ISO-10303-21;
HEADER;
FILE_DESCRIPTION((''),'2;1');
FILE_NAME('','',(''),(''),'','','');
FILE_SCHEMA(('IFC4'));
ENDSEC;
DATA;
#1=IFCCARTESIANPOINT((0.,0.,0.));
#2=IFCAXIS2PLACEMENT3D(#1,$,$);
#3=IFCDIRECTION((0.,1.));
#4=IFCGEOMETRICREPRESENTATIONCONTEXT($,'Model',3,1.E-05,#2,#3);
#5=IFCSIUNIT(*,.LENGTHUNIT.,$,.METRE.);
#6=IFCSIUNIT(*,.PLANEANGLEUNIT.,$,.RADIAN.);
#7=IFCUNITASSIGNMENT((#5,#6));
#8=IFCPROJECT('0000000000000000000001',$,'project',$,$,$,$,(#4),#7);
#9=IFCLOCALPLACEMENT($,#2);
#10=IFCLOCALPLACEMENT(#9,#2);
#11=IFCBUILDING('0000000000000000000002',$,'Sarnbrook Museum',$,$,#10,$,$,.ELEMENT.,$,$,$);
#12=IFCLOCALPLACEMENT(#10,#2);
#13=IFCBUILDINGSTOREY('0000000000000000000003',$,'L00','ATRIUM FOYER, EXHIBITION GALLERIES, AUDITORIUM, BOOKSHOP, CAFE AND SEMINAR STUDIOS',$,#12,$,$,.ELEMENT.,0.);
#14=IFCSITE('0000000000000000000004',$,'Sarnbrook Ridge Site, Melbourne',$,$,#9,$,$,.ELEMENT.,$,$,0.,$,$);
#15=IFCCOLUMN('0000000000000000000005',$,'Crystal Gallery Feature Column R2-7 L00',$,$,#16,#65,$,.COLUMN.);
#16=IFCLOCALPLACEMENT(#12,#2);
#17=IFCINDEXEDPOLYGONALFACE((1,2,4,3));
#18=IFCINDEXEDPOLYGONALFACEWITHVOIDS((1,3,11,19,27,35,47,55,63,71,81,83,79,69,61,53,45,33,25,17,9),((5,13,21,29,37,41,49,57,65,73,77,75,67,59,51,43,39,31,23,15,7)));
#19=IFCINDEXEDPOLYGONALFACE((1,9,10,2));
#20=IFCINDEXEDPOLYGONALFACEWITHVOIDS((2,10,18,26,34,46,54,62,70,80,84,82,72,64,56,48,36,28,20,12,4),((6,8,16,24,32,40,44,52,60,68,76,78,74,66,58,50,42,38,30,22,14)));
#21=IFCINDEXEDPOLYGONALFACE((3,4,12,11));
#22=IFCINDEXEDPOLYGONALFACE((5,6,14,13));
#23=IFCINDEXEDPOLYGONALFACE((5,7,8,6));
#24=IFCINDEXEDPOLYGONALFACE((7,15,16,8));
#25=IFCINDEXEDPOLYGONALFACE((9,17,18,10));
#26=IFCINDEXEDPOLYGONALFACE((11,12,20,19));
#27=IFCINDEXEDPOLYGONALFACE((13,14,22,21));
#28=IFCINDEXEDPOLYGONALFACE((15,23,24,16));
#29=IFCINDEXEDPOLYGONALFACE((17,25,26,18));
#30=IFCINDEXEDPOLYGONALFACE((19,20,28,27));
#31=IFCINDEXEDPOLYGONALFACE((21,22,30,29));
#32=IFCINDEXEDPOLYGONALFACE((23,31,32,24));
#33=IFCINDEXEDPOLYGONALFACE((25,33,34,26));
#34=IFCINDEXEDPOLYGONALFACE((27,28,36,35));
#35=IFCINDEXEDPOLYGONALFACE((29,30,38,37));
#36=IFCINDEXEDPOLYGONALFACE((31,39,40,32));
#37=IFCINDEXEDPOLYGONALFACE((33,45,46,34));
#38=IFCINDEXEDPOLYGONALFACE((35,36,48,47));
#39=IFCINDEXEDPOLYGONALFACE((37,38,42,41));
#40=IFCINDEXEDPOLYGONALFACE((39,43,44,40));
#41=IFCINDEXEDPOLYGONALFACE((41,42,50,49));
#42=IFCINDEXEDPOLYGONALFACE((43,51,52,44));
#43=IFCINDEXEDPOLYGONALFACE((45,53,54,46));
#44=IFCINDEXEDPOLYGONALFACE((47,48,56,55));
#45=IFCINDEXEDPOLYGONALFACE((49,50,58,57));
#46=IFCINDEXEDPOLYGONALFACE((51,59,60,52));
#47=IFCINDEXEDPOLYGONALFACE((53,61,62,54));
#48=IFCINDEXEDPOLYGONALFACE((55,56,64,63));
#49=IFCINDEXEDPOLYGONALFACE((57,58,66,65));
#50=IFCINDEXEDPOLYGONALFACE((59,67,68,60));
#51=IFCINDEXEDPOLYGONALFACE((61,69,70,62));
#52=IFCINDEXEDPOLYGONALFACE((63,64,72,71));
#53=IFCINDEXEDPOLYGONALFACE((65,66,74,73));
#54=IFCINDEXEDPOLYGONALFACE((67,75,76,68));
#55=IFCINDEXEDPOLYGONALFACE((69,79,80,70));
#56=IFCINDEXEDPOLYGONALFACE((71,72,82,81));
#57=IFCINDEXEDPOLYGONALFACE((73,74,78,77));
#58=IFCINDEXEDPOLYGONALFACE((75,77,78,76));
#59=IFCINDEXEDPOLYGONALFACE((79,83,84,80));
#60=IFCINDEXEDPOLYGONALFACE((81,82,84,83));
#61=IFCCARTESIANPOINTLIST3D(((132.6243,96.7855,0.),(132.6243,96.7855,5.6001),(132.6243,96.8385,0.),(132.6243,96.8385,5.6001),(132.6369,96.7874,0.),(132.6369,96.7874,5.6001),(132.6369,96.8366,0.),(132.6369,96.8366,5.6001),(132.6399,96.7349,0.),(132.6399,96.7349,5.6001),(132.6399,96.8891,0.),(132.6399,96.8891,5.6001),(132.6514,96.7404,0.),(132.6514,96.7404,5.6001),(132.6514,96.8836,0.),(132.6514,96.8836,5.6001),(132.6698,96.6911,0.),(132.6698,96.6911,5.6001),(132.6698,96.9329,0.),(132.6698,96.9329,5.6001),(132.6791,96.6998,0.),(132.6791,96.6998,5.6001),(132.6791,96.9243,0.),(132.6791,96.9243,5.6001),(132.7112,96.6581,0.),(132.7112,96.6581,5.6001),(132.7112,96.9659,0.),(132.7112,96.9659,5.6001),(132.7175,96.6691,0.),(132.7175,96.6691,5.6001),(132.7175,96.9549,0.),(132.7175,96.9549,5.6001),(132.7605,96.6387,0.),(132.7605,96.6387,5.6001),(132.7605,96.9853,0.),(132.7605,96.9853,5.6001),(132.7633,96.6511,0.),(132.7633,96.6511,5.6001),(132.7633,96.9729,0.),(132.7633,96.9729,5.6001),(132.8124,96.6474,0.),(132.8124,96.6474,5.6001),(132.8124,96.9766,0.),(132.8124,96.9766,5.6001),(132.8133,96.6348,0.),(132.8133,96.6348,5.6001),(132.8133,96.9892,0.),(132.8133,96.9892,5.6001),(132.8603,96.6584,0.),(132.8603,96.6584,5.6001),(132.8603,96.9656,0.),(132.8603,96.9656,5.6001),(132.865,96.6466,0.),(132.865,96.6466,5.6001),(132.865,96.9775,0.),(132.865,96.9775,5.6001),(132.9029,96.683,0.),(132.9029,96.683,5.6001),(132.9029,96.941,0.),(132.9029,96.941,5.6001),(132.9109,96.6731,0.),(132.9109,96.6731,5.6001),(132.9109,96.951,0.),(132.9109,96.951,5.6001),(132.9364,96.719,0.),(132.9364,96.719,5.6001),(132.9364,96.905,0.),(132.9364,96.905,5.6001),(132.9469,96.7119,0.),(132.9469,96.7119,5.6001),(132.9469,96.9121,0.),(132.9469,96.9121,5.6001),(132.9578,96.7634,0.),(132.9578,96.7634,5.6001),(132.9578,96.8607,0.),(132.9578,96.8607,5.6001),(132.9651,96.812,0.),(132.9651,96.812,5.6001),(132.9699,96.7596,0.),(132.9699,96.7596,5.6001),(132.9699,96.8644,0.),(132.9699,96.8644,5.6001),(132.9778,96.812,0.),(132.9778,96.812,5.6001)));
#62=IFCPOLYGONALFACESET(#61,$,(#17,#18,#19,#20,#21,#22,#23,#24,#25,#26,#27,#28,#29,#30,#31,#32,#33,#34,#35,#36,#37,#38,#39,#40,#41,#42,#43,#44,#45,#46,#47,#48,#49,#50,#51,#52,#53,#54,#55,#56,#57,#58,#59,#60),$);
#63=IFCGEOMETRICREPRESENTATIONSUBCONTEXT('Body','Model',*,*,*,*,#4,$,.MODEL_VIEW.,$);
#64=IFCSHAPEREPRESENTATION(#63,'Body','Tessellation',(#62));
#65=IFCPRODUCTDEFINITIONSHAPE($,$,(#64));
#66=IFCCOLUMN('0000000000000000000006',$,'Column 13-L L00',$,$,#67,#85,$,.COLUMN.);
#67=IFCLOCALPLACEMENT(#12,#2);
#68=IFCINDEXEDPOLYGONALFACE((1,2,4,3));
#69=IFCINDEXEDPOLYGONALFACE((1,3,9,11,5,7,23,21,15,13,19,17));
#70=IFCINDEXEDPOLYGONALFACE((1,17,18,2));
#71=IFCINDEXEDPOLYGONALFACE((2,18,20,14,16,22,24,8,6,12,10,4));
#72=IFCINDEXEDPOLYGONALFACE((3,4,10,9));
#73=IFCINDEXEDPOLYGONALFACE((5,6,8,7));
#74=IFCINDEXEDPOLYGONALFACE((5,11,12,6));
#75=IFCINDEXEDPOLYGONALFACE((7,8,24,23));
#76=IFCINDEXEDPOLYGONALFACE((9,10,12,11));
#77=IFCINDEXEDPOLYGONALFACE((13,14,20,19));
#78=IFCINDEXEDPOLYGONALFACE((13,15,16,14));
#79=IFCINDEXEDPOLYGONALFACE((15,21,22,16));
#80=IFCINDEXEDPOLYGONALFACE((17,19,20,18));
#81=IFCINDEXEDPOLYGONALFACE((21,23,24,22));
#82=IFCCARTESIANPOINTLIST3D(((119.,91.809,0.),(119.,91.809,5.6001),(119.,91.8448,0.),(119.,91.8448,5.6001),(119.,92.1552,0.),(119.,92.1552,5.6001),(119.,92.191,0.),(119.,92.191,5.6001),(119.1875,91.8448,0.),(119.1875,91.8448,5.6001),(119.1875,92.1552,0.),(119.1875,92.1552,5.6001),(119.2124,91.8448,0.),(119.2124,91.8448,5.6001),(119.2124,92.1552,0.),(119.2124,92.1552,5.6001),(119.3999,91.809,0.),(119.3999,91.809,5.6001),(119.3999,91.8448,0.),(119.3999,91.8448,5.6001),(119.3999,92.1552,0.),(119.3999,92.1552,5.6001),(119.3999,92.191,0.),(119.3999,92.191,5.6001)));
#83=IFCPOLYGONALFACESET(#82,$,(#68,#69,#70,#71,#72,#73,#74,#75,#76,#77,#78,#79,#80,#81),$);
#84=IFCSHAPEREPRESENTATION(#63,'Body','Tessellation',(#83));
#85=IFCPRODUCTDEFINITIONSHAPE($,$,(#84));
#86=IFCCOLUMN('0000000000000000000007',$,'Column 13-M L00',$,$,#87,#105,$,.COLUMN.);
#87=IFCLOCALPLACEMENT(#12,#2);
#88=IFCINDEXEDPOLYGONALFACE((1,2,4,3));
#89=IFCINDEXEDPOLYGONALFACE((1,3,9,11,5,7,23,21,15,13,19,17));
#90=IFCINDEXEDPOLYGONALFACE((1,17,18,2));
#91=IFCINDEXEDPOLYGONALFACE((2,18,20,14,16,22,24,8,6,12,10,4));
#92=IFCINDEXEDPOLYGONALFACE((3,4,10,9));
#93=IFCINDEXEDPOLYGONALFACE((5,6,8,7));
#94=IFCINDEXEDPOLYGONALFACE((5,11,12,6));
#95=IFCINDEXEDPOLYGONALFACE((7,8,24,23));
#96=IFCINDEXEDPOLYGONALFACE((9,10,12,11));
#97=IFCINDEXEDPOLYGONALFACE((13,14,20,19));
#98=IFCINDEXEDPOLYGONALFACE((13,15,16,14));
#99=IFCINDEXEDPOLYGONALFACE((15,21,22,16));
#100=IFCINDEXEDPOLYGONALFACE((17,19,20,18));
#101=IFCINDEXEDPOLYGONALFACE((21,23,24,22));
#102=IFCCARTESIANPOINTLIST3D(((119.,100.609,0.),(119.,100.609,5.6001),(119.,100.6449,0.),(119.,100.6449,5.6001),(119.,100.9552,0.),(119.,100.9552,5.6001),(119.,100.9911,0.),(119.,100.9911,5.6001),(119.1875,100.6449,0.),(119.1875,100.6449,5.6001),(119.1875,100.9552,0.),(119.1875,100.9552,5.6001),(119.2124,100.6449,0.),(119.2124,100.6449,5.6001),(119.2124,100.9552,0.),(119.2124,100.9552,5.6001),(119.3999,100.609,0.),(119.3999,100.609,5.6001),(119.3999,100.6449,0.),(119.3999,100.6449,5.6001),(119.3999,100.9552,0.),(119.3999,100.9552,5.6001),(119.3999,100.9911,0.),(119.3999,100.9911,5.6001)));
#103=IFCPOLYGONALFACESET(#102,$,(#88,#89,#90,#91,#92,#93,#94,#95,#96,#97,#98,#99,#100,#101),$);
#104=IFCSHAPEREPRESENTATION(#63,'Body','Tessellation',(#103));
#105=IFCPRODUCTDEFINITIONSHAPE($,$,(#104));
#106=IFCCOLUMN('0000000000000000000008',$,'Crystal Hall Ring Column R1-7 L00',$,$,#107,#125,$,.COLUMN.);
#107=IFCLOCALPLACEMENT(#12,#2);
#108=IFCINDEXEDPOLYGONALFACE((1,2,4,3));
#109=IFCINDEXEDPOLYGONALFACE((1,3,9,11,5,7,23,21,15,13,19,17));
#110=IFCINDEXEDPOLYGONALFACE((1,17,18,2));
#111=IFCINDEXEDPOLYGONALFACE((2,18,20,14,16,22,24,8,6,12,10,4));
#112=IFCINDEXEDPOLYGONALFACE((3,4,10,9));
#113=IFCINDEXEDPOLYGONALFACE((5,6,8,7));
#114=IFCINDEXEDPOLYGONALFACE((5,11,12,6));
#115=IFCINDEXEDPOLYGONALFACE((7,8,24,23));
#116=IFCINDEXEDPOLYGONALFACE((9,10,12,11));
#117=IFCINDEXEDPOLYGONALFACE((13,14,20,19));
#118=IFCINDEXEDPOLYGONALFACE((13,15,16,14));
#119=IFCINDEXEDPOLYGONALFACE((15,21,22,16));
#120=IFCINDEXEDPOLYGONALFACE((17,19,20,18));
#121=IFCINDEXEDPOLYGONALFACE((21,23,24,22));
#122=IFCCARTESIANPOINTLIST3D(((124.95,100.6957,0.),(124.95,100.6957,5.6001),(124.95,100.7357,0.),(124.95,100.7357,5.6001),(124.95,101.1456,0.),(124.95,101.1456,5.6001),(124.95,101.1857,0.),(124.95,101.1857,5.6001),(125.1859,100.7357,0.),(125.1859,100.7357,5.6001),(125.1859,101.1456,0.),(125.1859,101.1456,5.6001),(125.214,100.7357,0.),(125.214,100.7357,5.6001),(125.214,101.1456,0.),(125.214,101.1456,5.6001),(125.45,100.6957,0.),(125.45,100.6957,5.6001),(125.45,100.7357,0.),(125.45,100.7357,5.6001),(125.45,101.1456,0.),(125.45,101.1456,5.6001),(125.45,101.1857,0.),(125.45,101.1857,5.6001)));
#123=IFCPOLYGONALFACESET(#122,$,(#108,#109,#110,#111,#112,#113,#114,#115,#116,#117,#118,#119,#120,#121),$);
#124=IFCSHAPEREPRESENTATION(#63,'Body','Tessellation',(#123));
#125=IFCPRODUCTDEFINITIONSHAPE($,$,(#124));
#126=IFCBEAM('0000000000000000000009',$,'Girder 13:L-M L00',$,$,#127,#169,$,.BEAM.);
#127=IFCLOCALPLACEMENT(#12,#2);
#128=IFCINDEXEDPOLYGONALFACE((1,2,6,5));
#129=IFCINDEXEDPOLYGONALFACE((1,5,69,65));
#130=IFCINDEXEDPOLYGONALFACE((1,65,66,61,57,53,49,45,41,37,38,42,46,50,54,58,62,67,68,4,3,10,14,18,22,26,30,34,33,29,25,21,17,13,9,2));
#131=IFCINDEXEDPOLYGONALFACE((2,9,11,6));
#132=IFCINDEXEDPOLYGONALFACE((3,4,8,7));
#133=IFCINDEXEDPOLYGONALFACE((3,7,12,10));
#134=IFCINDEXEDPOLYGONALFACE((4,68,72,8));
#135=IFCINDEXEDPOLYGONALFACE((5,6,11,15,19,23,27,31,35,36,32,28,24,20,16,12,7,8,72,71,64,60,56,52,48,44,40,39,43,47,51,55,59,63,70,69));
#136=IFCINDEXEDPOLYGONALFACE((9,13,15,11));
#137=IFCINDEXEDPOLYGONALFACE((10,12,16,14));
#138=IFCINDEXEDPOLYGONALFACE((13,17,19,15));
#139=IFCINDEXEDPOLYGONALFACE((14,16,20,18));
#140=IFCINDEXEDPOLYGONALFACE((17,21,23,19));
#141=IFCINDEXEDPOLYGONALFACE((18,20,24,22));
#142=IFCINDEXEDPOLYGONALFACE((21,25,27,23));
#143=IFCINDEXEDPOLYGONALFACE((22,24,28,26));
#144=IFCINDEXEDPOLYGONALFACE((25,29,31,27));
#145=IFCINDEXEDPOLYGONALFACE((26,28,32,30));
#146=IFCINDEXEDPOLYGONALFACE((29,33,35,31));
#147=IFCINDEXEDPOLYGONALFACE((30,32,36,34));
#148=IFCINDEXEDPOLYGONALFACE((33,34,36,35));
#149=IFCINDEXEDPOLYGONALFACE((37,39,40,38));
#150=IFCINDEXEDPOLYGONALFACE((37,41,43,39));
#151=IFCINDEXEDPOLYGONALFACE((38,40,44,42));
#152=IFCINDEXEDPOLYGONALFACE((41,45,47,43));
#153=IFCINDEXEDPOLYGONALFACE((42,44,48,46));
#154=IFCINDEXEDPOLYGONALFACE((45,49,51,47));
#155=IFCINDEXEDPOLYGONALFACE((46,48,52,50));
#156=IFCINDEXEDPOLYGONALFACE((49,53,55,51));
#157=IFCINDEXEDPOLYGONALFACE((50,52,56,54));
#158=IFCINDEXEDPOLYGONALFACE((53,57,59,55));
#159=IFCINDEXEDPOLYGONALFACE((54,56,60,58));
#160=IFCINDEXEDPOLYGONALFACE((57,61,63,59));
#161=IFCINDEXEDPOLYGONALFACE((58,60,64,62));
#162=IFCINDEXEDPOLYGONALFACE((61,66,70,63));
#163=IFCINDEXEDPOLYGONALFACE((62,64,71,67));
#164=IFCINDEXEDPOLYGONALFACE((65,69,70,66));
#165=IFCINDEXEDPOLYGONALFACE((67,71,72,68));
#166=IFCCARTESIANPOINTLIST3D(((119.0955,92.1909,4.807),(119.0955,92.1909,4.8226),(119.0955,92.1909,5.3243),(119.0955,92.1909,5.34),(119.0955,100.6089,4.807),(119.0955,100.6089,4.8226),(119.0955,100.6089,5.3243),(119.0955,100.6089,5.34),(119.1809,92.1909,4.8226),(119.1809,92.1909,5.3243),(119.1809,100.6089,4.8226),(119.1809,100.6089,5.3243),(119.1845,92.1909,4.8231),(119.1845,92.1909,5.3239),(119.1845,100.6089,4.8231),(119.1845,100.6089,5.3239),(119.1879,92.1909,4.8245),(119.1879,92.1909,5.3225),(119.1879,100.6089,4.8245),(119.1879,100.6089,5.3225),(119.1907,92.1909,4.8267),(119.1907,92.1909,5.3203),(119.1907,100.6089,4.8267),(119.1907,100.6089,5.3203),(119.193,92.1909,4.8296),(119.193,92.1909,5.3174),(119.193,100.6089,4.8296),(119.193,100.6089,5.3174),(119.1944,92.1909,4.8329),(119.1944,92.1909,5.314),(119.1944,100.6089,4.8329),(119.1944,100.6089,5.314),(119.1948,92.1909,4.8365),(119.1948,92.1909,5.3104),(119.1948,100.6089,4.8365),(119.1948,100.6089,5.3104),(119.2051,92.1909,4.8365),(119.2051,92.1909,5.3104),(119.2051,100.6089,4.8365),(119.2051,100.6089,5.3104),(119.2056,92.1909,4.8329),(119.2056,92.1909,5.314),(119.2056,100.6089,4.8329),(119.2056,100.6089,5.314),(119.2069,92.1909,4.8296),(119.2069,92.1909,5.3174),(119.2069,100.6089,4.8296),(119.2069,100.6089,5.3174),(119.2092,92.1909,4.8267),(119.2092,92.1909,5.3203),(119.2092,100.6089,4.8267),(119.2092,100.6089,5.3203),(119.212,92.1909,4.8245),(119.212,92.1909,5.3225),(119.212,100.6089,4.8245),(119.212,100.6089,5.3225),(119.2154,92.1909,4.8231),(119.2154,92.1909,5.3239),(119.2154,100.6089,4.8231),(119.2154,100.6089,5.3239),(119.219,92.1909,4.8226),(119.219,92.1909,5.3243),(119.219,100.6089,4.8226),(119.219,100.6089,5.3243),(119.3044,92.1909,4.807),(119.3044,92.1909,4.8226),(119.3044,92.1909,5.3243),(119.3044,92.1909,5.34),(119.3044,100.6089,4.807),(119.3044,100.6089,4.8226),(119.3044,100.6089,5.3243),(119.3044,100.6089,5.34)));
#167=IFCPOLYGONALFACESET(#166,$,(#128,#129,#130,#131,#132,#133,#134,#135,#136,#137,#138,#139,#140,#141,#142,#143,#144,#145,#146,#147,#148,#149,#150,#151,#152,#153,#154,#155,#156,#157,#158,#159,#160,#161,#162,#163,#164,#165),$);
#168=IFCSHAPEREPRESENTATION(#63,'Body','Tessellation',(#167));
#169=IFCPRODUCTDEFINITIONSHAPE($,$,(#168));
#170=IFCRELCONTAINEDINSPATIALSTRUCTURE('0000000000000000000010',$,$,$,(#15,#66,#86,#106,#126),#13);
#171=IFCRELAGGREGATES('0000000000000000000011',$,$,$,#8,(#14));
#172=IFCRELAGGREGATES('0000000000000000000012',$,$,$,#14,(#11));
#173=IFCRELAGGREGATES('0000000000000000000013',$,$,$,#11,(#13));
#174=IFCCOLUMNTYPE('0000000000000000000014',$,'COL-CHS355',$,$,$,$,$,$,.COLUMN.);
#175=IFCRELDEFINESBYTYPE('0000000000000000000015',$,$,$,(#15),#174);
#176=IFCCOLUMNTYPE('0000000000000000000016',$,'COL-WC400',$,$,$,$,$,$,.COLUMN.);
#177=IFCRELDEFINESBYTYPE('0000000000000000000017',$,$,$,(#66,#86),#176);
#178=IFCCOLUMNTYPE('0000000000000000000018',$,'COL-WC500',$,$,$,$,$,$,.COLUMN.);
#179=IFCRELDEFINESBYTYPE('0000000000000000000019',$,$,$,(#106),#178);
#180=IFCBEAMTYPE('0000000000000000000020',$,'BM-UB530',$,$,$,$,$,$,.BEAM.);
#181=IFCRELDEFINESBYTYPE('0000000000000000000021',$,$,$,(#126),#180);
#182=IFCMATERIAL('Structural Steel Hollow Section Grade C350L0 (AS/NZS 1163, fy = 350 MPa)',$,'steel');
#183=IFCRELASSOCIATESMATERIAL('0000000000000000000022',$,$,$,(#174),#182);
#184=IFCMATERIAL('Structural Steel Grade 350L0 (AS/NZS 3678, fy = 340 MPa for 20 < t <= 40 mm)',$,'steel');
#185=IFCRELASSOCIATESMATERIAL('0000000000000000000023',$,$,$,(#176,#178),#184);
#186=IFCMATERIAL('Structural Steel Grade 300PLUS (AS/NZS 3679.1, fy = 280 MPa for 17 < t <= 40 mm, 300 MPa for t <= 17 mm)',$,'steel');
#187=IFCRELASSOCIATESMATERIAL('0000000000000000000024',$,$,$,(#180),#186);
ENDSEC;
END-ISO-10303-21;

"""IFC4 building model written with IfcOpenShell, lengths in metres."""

from ifc_helpers import new_model, si_unit, direction, frame, origin, origin_2d, place, context, subcontext, project, spatial, hollow_circle, i_section, extrude, material, material_profile, profile_set, type_object, element, save


model = new_model("IFC4")

# Units and contexts
model_context = context("Model", 3, precision=1e-05, world=origin(), true_north=direction((0.0, 1.0)))
body_context = subcontext(model_context, "Body", "Model", "MODEL_VIEW")
ifc_project = project(units=[si_unit("LENGTHUNIT", "METRE"), si_unit("PLANEANGLEUNIT", "RADIAN")], contexts=[model_context])

# Site, building, storey
site_placement = place(None, origin())
site = spatial("IfcSite", under=ifc_project, at=site_placement, Name="Sarnbrook Ridge Site, Melbourne", CompositionType="ELEMENT", RefElevation=0.0)
building_placement = place(site_placement, origin())
building = spatial("IfcBuilding", under=site, at=building_placement, Name="Sarnbrook Museum", CompositionType="ELEMENT")
storey_placement = place(building_placement, origin())
storey = spatial("IfcBuildingStorey", under=building, at=storey_placement, Name="L00", Description="ATRIUM FOYER, EXHIBITION GALLERIES, AUDITORIUM, BOOKSHOP, CAFE AND SEMINAR STUDIOS", CompositionType="ELEMENT", Elevation=0.0)

# Columns
ifc_material_1 = material(Name="Structural Steel Hollow Section Grade C350L0 (AS/NZS 1163, fy = 350 MPa)", Category="steel")
ifc_material_profile_1 = material_profile(ifc_material_1, hollow_circle(Radius=0.1777, WallThickness=0.0127, at=origin_2d()), Name="355.6x12.7CHS")
ifc_profile_set_1 = profile_set([ifc_material_profile_1], Name="Structural Steel Hollow Section Grade C350L0 (AS/NZS 1163, fy = 350 MPa)")
column_type_1 = type_object("IfcColumnType", Name="COL-CHS355", PredefinedType="COLUMN", material=ifc_profile_set_1)
column_1_placement = place(storey_placement, frame((132.8, 96.812, 0.0), z_axis=(0.0, 0.0, 1.0), x_axis=(1.0, 0.0, 0.0)))
element("IfcColumn", 1, at=column_1_placement, inside=storey, type_object=column_type_1, Name="Crystal Gallery Feature Column R2-7 L00", PredefinedType="COLUMN", context=body_context, shape_type="SweptSolid", body=[
    extrude(hollow_circle(Radius=0.1777, WallThickness=0.0127, at=origin_2d()), origin(), (0.0, 0.0, 1.0), 5.6001),
])
ifc_material_2 = material(Name="Structural Steel Grade 350L0 (AS/NZS 3678, fy = 340 MPa for 20 < t <= 40 mm)", Category="steel")
ifc_material_profile_2 = material_profile(ifc_material_2, i_section(OverallWidth=0.3999, OverallDepth=0.3821, WebThickness=0.0249, FlangeThickness=0.0359, at=origin_2d()), Name="400WC270")
ifc_profile_set_2 = profile_set([ifc_material_profile_2], Name="Structural Steel Grade 350L0 (AS/NZS 3678, fy = 340 MPa for 20 < t <= 40 mm)")
column_type_2 = type_object("IfcColumnType", Name="COL-WC400", PredefinedType="COLUMN", material=ifc_profile_set_2)
for number, where, z_axis, x_axis, name in (
    (2, (119.2, 92.0, 0.0), (0.0, 0.0, 1.0), (1.0, 0.0, 0.0), "Column 13-L L00"),
    (3, (119.2, 100.8, 0.0), (0.0, 0.0, 1.0), (1.0, 0.0, 0.0), "Column 13-M L00"),
):
    element("IfcColumn", number, at=place(storey_placement, frame(where, z_axis=z_axis, x_axis=x_axis)), inside=storey, type_object=column_type_2, Name=name, PredefinedType="COLUMN", context=body_context, shape_type="SweptSolid", body=[
        extrude(i_section(OverallWidth=0.3999, OverallDepth=0.3821, WebThickness=0.0249, FlangeThickness=0.0359, at=origin_2d()), origin(), (0.0, 0.0, 1.0), 5.6001),
    ])
ifc_material_profile_3 = material_profile(ifc_material_2, i_section(OverallWidth=0.5, OverallDepth=0.49, WebThickness=0.0281, FlangeThickness=0.04, at=origin_2d()), Name="500WC340")
ifc_profile_set_3 = profile_set([ifc_material_profile_3], Name="Structural Steel Grade 350L0 (AS/NZS 3678, fy = 340 MPa for 20 < t <= 40 mm)")
column_type_3 = type_object("IfcColumnType", Name="COL-WC500", PredefinedType="COLUMN", material=ifc_profile_set_3)
column_2_placement = place(storey_placement, frame((125.2, 100.9407, 0.0), z_axis=(0.0, 0.0, 1.0), x_axis=(1.0, 0.0, 0.0)))
element("IfcColumn", 4, at=column_2_placement, inside=storey, type_object=column_type_3, Name="Crystal Hall Ring Column R1-7 L00", PredefinedType="COLUMN", context=body_context, shape_type="SweptSolid", body=[
    extrude(i_section(OverallWidth=0.5, OverallDepth=0.49, WebThickness=0.0281, FlangeThickness=0.04, at=origin_2d()), origin(), (0.0, 0.0, 1.0), 5.6001),
])

# Beam
ifc_material_3 = material(Name="Structural Steel Grade 300PLUS (AS/NZS 3679.1, fy = 280 MPa for 17 < t <= 40 mm, 300 MPa for t <= 17 mm)", Category="steel")
ifc_material_profile_4 = material_profile(ifc_material_3, i_section(OverallWidth=0.209, OverallDepth=0.533, WebThickness=0.0103, FlangeThickness=0.0156, FilletRadius=0.0139, at=origin_2d()), Name="530UB92.4")
ifc_profile_set_4 = profile_set([ifc_material_profile_4], Name="Structural Steel Grade 300PLUS (AS/NZS 3679.1, fy = 280 MPa for 17 < t <= 40 mm, 300 MPa for t <= 17 mm)")
beam_type_1 = type_object("IfcBeamType", Name="BM-UB530", PredefinedType="BEAM", material=ifc_profile_set_4)
beam_1_placement = place(storey_placement, frame((119.2, 92.1909, 5.0735), z_axis=(0.0, 1.0, 0.0), x_axis=(-1.0, 0.0, 0.0)))
element("IfcBeam", 5, at=beam_1_placement, inside=storey, type_object=beam_type_1, Name="Girder 13:L-M L00", PredefinedType="BEAM", context=body_context, shape_type="SweptSolid", body=[
    extrude(i_section(OverallWidth=0.209, OverallDepth=0.533, WebThickness=0.0103, FlangeThickness=0.0156, FilletRadius=0.0139, at=origin_2d()), origin(), (0.0, 0.0, 1.0), 8.418),
])

save(model, "model.ifc")
